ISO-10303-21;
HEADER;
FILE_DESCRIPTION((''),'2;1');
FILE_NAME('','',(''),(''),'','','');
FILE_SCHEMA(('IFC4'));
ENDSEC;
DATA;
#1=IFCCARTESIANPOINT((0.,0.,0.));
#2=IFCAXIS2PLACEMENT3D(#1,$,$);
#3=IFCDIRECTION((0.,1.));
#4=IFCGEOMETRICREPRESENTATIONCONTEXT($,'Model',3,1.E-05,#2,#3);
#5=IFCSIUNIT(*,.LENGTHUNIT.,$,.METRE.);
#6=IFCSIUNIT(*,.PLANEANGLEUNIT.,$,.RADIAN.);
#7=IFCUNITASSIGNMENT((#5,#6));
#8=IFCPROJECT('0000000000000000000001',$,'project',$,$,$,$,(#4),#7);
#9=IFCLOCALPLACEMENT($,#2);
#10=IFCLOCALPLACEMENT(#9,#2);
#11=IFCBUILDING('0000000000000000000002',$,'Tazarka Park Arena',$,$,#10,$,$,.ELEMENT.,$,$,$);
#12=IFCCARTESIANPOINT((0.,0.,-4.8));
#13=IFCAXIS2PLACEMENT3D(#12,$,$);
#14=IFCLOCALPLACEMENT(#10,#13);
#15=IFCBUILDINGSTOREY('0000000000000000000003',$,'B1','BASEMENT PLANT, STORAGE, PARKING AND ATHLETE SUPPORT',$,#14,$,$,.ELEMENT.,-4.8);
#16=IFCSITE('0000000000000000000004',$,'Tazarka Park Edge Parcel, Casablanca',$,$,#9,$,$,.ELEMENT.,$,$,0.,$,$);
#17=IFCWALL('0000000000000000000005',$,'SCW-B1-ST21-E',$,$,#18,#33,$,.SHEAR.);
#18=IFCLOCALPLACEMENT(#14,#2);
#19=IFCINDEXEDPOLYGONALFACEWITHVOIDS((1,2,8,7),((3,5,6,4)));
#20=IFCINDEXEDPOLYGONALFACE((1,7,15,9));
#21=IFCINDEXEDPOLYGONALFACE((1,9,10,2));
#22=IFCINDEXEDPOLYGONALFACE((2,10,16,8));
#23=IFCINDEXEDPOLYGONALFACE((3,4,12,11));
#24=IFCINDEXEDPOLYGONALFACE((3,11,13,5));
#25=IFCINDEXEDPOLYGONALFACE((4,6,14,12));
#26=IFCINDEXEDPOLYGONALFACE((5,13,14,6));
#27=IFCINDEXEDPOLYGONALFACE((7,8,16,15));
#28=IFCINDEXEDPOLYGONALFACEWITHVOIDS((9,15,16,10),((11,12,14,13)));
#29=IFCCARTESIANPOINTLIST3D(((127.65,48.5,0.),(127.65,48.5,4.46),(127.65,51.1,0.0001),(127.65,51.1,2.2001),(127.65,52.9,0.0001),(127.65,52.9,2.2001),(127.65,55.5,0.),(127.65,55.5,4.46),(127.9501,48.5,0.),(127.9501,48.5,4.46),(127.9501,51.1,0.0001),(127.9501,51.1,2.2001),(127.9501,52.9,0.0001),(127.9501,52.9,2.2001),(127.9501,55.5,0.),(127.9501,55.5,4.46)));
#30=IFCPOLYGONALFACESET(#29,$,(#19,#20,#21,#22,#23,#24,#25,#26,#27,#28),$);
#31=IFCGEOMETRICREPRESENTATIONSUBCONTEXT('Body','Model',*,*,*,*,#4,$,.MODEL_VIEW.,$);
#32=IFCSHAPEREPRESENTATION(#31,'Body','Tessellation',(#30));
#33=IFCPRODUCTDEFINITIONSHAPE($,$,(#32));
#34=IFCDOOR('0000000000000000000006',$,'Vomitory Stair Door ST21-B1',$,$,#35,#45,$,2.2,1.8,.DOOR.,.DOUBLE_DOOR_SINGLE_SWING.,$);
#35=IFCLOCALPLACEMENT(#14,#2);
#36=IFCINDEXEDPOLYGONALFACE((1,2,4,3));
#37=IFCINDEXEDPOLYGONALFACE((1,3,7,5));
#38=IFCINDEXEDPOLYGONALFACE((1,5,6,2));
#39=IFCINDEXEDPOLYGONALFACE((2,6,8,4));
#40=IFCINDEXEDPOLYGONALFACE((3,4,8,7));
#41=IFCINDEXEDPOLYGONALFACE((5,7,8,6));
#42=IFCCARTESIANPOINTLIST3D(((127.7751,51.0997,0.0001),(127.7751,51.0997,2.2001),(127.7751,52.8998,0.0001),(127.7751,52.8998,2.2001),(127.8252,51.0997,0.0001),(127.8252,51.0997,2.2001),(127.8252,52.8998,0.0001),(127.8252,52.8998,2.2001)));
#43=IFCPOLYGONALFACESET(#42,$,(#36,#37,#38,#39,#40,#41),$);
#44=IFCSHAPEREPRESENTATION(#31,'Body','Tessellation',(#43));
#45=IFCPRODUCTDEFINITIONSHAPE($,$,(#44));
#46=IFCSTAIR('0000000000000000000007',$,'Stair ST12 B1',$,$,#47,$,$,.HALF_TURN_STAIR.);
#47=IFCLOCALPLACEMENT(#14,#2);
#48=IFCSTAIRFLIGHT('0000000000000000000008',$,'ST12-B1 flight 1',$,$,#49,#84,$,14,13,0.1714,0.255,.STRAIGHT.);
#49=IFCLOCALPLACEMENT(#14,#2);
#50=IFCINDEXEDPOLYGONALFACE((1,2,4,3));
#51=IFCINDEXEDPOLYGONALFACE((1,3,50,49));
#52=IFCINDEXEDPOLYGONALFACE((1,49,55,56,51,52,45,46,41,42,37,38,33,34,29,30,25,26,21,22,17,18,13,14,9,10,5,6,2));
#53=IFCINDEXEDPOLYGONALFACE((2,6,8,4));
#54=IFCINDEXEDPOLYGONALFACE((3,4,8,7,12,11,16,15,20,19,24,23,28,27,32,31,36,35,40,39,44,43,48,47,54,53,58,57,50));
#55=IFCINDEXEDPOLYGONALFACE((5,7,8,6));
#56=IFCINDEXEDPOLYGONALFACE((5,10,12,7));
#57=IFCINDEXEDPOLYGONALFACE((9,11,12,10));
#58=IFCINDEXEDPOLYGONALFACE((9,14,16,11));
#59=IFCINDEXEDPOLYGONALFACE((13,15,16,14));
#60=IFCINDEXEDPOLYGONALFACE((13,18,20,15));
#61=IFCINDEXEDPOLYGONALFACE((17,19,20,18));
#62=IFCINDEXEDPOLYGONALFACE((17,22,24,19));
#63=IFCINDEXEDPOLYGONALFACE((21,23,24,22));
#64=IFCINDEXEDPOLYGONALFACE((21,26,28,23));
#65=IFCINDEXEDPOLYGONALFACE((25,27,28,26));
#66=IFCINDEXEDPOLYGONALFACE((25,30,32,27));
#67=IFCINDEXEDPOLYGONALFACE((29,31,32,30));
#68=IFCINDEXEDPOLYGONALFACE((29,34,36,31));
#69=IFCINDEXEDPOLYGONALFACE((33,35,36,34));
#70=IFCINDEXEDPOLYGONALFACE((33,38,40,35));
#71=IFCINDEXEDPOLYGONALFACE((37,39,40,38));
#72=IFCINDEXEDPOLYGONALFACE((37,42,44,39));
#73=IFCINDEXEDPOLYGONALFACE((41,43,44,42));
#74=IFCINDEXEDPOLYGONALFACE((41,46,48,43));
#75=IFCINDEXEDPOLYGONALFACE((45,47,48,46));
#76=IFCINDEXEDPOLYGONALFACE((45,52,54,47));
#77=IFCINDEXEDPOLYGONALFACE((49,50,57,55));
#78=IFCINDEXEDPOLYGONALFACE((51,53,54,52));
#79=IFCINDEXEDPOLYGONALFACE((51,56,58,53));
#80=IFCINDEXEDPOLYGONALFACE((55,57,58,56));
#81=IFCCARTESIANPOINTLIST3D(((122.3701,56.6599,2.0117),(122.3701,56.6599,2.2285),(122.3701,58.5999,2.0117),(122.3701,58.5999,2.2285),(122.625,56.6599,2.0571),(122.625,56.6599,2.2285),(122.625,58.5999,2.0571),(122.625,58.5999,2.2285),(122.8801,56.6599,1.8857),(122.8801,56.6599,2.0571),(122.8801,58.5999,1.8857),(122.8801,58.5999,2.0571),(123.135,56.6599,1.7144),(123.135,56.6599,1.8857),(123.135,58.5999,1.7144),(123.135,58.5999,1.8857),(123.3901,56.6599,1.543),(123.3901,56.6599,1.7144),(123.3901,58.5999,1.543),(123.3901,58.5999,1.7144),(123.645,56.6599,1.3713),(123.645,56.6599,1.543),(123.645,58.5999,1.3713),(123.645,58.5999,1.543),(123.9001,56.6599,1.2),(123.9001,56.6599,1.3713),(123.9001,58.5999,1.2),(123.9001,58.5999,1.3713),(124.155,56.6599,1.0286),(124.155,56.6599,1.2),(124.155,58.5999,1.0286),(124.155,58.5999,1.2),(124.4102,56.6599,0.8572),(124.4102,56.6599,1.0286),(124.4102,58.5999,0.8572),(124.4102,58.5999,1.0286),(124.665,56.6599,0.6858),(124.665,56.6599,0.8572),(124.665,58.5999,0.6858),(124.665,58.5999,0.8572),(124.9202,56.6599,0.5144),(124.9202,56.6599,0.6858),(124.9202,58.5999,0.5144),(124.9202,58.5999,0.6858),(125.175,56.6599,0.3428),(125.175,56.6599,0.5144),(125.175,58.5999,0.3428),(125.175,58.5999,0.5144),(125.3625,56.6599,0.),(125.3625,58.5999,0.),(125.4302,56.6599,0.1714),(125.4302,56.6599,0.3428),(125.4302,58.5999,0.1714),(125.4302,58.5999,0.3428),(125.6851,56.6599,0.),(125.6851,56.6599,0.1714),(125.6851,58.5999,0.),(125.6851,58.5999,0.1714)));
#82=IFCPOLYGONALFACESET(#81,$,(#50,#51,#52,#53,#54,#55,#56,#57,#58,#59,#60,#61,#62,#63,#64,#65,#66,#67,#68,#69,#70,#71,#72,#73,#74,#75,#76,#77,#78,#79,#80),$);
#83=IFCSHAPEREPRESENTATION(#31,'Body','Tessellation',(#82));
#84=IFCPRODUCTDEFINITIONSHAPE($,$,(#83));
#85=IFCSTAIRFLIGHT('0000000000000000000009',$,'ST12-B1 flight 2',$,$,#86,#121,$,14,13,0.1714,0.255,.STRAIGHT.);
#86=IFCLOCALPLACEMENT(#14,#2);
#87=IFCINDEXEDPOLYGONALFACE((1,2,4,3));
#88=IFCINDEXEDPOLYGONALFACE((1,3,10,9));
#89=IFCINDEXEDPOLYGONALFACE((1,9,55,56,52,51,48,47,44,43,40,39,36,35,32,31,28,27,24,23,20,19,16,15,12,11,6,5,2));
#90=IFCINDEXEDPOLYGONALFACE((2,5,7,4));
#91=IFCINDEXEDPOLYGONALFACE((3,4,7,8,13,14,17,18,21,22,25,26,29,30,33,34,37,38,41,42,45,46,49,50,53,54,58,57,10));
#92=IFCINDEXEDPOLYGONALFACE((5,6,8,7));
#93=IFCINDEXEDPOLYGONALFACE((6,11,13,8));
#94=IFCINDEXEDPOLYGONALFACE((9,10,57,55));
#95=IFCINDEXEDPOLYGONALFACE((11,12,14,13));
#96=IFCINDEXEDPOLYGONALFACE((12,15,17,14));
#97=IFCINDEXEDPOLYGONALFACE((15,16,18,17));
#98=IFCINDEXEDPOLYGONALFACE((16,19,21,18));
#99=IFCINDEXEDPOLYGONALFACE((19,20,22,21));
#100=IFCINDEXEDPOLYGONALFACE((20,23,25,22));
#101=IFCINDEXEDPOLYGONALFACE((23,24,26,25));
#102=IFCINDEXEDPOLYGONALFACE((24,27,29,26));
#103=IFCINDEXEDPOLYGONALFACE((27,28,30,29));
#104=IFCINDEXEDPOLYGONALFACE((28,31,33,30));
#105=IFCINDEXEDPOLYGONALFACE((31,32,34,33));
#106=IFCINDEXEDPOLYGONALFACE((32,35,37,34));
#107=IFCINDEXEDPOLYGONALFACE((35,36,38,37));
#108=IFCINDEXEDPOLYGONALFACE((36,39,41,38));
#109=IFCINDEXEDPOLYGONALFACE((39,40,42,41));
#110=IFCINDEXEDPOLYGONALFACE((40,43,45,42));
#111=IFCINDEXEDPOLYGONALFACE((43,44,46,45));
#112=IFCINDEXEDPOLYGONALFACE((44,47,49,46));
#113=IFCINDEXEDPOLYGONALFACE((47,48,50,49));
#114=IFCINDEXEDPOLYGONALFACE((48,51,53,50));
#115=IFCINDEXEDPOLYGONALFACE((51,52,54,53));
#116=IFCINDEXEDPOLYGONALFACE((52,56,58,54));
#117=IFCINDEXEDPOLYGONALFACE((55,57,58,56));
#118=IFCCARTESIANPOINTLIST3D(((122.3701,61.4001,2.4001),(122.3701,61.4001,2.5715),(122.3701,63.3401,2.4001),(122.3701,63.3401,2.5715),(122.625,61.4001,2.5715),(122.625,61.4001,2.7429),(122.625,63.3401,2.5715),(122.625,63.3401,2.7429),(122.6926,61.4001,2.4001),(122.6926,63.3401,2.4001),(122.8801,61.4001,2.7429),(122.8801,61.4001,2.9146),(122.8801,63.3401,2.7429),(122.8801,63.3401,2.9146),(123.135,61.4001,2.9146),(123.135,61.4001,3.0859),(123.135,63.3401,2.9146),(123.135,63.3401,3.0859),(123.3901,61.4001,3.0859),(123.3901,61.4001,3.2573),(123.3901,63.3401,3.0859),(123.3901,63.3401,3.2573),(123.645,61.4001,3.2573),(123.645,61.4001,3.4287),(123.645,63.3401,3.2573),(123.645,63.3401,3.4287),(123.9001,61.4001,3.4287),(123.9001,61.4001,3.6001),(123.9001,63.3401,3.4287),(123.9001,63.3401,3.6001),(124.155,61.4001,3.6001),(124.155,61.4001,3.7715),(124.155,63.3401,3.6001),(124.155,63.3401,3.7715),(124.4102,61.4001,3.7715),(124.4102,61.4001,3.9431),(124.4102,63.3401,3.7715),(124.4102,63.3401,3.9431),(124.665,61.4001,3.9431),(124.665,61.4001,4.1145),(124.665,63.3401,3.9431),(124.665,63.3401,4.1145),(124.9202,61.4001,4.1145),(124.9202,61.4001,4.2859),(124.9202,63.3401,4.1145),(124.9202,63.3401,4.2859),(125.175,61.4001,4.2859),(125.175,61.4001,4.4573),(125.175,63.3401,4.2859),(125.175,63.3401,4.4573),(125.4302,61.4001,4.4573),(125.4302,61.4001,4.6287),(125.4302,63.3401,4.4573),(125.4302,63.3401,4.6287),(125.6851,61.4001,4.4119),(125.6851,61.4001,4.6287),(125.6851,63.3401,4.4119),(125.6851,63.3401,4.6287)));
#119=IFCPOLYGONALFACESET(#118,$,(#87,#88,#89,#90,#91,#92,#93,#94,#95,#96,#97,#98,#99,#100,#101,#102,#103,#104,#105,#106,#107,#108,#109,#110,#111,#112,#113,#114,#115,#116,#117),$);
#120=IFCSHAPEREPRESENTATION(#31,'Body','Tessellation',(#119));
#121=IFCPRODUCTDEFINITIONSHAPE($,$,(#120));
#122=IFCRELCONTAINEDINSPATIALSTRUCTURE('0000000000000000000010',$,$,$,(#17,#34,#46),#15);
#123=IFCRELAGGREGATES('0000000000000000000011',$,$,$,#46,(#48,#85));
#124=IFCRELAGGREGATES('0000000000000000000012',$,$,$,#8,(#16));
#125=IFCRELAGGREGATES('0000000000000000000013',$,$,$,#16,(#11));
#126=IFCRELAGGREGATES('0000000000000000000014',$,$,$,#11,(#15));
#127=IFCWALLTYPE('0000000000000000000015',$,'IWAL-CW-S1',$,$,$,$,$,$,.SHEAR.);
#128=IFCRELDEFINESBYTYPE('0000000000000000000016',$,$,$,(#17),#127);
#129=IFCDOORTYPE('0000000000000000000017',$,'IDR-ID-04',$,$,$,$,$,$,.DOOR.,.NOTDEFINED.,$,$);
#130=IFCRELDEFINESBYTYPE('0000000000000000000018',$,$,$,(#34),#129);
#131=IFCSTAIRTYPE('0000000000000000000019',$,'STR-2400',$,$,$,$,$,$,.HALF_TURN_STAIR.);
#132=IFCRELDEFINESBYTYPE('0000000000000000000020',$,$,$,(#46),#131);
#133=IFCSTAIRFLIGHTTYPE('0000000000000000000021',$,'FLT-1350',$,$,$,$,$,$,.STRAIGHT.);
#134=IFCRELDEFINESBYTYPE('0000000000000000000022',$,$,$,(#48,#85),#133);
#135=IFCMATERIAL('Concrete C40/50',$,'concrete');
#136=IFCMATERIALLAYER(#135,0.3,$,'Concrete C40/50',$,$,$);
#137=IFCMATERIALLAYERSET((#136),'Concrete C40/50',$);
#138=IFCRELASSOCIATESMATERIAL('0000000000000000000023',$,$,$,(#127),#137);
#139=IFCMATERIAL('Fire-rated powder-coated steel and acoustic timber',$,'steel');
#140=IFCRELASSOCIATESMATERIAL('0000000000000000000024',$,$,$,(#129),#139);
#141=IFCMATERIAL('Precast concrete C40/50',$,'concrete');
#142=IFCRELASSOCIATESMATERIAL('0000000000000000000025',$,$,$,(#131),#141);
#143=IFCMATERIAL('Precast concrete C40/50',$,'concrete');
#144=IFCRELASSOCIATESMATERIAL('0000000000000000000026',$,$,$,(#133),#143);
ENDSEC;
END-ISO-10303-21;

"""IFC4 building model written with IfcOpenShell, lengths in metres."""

from ifc_helpers import new_model, si_unit, direction, frame, frame_2d, origin, place, context, subcontext, project, spatial, polyline, rectangle, outline, extrude, material, layer, layer_set, type_object, element, fill, aggregate, save


model = new_model("IFC4")

# Units and contexts
model_context = context("Model", 3, precision=1e-05, world=origin(), true_north=direction((0.0, 1.0)))
body_context = subcontext(model_context, "Body", "Model", "MODEL_VIEW")
ifc_project = project(units=[si_unit("LENGTHUNIT", "METRE"), si_unit("PLANEANGLEUNIT", "RADIAN")], contexts=[model_context])

# Site, building, storey
site_placement = place(None, origin())
site = spatial("IfcSite", under=ifc_project, at=site_placement, Name="Tazarka Park Edge Parcel, Casablanca", CompositionType="ELEMENT", RefElevation=0.0)
building_placement = place(site_placement, origin())
building = spatial("IfcBuilding", under=site, at=building_placement, Name="Tazarka Park Arena", CompositionType="ELEMENT")
storey_placement = place(building_placement, frame((0.0, 0.0, -4.8)))
storey = spatial("IfcBuildingStorey", under=building, at=storey_placement, Name="B1", Description="BASEMENT PLANT, STORAGE, PARKING AND ATHLETE SUPPORT", CompositionType="ELEMENT", Elevation=-4.8)

# Shared definitions
ifc_material_1 = material(Name="Concrete C40/50", Category="concrete")
ifc_layer = layer(ifc_material_1, 0.3, Name="Concrete C40/50")
ifc_layer_set = layer_set([ifc_layer], Name="Concrete C40/50")
wall_type = type_object("IfcWallType", Name="IWAL-CW-S1", PredefinedType="SHEAR", material=ifc_layer_set)

# Wall, opening, door
wall_1_placement = place(storey_placement, frame((127.8, 55.5, 0.0), z_axis=(0.0, 0.0, 1.0), x_axis=(0.0, -1.0, 0.0)))
wall_1 = element("IfcWall", 1, at=wall_1_placement, inside=storey, type_object=wall_type, Name="SCW-B1-ST21-E", PredefinedType="SHEAR", context=body_context, shape_type="SweptSolid", body=[
    extrude(rectangle(XDim=7.0, YDim=0.3, at=frame_2d((3.5, 0.0))), origin(), (0.0, 0.0, 1.0), 4.46),
])
opening_1_placement = place(wall_1_placement, frame((2.6001, 0.0, 0.0)))
opening_1 = element("IfcOpeningElement", 2, at=opening_1_placement, cuts=wall_1, PredefinedType="OPENING", context=body_context, shape_type="SweptSolid", body=[
    extrude(rectangle(XDim=1.8, YDim=2.2, at=frame_2d((0.8999, 1.1001))), frame((0.0, 0.1602, 0.0), z_axis=(0.0, -1.0, 0.0), x_axis=(1.0, 0.0, 0.0)), (0.0, 0.0, 1.0), 0.3201),
])
ifc_material_2 = material(Name="Fire-rated powder-coated steel and acoustic timber", Category="steel")
door_type_1 = type_object("IfcDoorType", Name="IDR-ID-04", OperationType="NOTDEFINED", PredefinedType="DOOR", material=ifc_material_2)
door_1_placement = place(opening_1_placement, frame((1.8, 0.0, 0.0), z_axis=(0.0, 0.0, 1.0), x_axis=(-1.0, 0.0, 0.0)))
door_1 = element("IfcDoor", 3, at=door_1_placement, inside=storey, type_object=door_type_1, Name="Vomitory Stair Door ST21-B1", OperationType="DOUBLE_DOOR_SINGLE_SWING", OverallHeight=2.2, OverallWidth=1.8, PredefinedType="DOOR", context=body_context, shape_type="SweptSolid", body=[
    extrude(rectangle(XDim=1.8, YDim=2.2, at=frame_2d((0.8999, 1.1001))), frame((0.0, 0.0249, 0.0), z_axis=(0.0, -1.0, 0.0), x_axis=(1.0, 0.0, 0.0)), (0.0, 0.0, 1.0), 0.05),
])
fill(opening_1, door_1)

# Stair, stair flights
ifc_material_3 = material(Name="Precast concrete C40/50", Category="concrete")
stair_type = type_object("IfcStairType", Name="STR-2400", PredefinedType="HALF_TURN_STAIR", material=ifc_material_3)
stair_placement = place(storey_placement, origin())
stair = element("IfcStair", 4, at=stair_placement, inside=storey, type_object=stair_type, Name="Stair ST12 B1", PredefinedType="HALF_TURN_STAIR")
ifc_material_4 = material(Name="Precast concrete C40/50", Category="concrete")
stair_flight_type = type_object("IfcStairFlightType", Name="FLT-1350", PredefinedType="STRAIGHT", material=ifc_material_4)
stair_flight_1_placement = place(storey_placement, frame((125.6851, 57.6299, 0.0), z_axis=(0.0, 0.0, 1.0), x_axis=(-1.0, 0.0, 0.0)))
stair_flight_1 = element("IfcStairFlight", 5, at=stair_flight_1_placement, type_object=stair_flight_type, Name="ST12-B1 flight 1", NumberOfRisers=14, NumberOfTreads=13, PredefinedType="STRAIGHT", RiserHeight=0.1714, TreadLength=0.255, context=body_context, shape_type="SweptSolid", body=[
    extrude(outline(polyline([(0.0, 0.0), (0.0, 0.1714), (0.2549, 0.1714), (0.2549, 0.3428), (0.51, 0.3428), (0.51, 0.5144), (0.7649, 0.5144), (0.7649, 0.6858), (1.02, 0.6858), (1.02, 0.8572), (1.2749, 0.8572), (1.2749, 1.0286), (1.53, 1.0286), (1.53, 1.2), (1.7849, 1.2), (1.7849, 1.3713), (2.04, 1.3713), (2.04, 1.543), (2.2949, 1.543), (2.2949, 1.7144), (2.55, 1.7144), (2.55, 1.8857), (2.8049, 1.8857), (2.8049, 2.0571), (3.0601, 2.0571), (3.0601, 2.2285), (3.3149, 2.2285), (3.3149, 2.3999), (3.3149, 2.0117), (0.3225, 0.0), (0.0, 0.0)])), frame((0.0, 0.97, 0.0), z_axis=(0.0, -1.0, 0.0), x_axis=(1.0, 0.0, 0.0)), (0.0, 0.0, 1.0), 1.9399),
])
stair_flight_2_placement = place(storey_placement, frame((122.3701, 62.3701, 2.4001), z_axis=(0.0, 0.0, 1.0), x_axis=(1.0, 0.0, 0.0)))
stair_flight_2 = element("IfcStairFlight", 6, at=stair_flight_2_placement, type_object=stair_flight_type, Name="ST12-B1 flight 2", NumberOfRisers=14, NumberOfTreads=13, PredefinedType="STRAIGHT", RiserHeight=0.1714, TreadLength=0.255, context=body_context, shape_type="SweptSolid", body=[
    extrude(outline(polyline([(0.0, 0.0), (0.0, 0.1714), (0.2549, 0.1714), (0.2549, 0.3428), (0.51, 0.3428), (0.51, 0.5144), (0.7649, 0.5144), (0.7649, 0.6858), (1.02, 0.6858), (1.02, 0.8572), (1.2749, 0.8572), (1.2749, 1.0286), (1.53, 1.0286), (1.53, 1.2), (1.7849, 1.2), (1.7849, 1.3713), (2.04, 1.3713), (2.04, 1.543), (2.2949, 1.543), (2.2949, 1.7144), (2.55, 1.7144), (2.55, 1.8857), (2.8049, 1.8857), (2.8049, 2.0571), (3.0601, 2.0571), (3.0601, 2.2285), (3.3149, 2.2285), (3.3149, 2.3999), (3.3149, 2.0117), (0.3225, 0.0), (0.0, 0.0)])), frame((0.0, 0.97, 0.0), z_axis=(0.0, -1.0, 0.0), x_axis=(1.0, 0.0, 0.0)), (0.0, 0.0, 1.0), 1.9399),
])
aggregate(stair, [stair_flight_1, stair_flight_2])

save(model, "model.ifc")
